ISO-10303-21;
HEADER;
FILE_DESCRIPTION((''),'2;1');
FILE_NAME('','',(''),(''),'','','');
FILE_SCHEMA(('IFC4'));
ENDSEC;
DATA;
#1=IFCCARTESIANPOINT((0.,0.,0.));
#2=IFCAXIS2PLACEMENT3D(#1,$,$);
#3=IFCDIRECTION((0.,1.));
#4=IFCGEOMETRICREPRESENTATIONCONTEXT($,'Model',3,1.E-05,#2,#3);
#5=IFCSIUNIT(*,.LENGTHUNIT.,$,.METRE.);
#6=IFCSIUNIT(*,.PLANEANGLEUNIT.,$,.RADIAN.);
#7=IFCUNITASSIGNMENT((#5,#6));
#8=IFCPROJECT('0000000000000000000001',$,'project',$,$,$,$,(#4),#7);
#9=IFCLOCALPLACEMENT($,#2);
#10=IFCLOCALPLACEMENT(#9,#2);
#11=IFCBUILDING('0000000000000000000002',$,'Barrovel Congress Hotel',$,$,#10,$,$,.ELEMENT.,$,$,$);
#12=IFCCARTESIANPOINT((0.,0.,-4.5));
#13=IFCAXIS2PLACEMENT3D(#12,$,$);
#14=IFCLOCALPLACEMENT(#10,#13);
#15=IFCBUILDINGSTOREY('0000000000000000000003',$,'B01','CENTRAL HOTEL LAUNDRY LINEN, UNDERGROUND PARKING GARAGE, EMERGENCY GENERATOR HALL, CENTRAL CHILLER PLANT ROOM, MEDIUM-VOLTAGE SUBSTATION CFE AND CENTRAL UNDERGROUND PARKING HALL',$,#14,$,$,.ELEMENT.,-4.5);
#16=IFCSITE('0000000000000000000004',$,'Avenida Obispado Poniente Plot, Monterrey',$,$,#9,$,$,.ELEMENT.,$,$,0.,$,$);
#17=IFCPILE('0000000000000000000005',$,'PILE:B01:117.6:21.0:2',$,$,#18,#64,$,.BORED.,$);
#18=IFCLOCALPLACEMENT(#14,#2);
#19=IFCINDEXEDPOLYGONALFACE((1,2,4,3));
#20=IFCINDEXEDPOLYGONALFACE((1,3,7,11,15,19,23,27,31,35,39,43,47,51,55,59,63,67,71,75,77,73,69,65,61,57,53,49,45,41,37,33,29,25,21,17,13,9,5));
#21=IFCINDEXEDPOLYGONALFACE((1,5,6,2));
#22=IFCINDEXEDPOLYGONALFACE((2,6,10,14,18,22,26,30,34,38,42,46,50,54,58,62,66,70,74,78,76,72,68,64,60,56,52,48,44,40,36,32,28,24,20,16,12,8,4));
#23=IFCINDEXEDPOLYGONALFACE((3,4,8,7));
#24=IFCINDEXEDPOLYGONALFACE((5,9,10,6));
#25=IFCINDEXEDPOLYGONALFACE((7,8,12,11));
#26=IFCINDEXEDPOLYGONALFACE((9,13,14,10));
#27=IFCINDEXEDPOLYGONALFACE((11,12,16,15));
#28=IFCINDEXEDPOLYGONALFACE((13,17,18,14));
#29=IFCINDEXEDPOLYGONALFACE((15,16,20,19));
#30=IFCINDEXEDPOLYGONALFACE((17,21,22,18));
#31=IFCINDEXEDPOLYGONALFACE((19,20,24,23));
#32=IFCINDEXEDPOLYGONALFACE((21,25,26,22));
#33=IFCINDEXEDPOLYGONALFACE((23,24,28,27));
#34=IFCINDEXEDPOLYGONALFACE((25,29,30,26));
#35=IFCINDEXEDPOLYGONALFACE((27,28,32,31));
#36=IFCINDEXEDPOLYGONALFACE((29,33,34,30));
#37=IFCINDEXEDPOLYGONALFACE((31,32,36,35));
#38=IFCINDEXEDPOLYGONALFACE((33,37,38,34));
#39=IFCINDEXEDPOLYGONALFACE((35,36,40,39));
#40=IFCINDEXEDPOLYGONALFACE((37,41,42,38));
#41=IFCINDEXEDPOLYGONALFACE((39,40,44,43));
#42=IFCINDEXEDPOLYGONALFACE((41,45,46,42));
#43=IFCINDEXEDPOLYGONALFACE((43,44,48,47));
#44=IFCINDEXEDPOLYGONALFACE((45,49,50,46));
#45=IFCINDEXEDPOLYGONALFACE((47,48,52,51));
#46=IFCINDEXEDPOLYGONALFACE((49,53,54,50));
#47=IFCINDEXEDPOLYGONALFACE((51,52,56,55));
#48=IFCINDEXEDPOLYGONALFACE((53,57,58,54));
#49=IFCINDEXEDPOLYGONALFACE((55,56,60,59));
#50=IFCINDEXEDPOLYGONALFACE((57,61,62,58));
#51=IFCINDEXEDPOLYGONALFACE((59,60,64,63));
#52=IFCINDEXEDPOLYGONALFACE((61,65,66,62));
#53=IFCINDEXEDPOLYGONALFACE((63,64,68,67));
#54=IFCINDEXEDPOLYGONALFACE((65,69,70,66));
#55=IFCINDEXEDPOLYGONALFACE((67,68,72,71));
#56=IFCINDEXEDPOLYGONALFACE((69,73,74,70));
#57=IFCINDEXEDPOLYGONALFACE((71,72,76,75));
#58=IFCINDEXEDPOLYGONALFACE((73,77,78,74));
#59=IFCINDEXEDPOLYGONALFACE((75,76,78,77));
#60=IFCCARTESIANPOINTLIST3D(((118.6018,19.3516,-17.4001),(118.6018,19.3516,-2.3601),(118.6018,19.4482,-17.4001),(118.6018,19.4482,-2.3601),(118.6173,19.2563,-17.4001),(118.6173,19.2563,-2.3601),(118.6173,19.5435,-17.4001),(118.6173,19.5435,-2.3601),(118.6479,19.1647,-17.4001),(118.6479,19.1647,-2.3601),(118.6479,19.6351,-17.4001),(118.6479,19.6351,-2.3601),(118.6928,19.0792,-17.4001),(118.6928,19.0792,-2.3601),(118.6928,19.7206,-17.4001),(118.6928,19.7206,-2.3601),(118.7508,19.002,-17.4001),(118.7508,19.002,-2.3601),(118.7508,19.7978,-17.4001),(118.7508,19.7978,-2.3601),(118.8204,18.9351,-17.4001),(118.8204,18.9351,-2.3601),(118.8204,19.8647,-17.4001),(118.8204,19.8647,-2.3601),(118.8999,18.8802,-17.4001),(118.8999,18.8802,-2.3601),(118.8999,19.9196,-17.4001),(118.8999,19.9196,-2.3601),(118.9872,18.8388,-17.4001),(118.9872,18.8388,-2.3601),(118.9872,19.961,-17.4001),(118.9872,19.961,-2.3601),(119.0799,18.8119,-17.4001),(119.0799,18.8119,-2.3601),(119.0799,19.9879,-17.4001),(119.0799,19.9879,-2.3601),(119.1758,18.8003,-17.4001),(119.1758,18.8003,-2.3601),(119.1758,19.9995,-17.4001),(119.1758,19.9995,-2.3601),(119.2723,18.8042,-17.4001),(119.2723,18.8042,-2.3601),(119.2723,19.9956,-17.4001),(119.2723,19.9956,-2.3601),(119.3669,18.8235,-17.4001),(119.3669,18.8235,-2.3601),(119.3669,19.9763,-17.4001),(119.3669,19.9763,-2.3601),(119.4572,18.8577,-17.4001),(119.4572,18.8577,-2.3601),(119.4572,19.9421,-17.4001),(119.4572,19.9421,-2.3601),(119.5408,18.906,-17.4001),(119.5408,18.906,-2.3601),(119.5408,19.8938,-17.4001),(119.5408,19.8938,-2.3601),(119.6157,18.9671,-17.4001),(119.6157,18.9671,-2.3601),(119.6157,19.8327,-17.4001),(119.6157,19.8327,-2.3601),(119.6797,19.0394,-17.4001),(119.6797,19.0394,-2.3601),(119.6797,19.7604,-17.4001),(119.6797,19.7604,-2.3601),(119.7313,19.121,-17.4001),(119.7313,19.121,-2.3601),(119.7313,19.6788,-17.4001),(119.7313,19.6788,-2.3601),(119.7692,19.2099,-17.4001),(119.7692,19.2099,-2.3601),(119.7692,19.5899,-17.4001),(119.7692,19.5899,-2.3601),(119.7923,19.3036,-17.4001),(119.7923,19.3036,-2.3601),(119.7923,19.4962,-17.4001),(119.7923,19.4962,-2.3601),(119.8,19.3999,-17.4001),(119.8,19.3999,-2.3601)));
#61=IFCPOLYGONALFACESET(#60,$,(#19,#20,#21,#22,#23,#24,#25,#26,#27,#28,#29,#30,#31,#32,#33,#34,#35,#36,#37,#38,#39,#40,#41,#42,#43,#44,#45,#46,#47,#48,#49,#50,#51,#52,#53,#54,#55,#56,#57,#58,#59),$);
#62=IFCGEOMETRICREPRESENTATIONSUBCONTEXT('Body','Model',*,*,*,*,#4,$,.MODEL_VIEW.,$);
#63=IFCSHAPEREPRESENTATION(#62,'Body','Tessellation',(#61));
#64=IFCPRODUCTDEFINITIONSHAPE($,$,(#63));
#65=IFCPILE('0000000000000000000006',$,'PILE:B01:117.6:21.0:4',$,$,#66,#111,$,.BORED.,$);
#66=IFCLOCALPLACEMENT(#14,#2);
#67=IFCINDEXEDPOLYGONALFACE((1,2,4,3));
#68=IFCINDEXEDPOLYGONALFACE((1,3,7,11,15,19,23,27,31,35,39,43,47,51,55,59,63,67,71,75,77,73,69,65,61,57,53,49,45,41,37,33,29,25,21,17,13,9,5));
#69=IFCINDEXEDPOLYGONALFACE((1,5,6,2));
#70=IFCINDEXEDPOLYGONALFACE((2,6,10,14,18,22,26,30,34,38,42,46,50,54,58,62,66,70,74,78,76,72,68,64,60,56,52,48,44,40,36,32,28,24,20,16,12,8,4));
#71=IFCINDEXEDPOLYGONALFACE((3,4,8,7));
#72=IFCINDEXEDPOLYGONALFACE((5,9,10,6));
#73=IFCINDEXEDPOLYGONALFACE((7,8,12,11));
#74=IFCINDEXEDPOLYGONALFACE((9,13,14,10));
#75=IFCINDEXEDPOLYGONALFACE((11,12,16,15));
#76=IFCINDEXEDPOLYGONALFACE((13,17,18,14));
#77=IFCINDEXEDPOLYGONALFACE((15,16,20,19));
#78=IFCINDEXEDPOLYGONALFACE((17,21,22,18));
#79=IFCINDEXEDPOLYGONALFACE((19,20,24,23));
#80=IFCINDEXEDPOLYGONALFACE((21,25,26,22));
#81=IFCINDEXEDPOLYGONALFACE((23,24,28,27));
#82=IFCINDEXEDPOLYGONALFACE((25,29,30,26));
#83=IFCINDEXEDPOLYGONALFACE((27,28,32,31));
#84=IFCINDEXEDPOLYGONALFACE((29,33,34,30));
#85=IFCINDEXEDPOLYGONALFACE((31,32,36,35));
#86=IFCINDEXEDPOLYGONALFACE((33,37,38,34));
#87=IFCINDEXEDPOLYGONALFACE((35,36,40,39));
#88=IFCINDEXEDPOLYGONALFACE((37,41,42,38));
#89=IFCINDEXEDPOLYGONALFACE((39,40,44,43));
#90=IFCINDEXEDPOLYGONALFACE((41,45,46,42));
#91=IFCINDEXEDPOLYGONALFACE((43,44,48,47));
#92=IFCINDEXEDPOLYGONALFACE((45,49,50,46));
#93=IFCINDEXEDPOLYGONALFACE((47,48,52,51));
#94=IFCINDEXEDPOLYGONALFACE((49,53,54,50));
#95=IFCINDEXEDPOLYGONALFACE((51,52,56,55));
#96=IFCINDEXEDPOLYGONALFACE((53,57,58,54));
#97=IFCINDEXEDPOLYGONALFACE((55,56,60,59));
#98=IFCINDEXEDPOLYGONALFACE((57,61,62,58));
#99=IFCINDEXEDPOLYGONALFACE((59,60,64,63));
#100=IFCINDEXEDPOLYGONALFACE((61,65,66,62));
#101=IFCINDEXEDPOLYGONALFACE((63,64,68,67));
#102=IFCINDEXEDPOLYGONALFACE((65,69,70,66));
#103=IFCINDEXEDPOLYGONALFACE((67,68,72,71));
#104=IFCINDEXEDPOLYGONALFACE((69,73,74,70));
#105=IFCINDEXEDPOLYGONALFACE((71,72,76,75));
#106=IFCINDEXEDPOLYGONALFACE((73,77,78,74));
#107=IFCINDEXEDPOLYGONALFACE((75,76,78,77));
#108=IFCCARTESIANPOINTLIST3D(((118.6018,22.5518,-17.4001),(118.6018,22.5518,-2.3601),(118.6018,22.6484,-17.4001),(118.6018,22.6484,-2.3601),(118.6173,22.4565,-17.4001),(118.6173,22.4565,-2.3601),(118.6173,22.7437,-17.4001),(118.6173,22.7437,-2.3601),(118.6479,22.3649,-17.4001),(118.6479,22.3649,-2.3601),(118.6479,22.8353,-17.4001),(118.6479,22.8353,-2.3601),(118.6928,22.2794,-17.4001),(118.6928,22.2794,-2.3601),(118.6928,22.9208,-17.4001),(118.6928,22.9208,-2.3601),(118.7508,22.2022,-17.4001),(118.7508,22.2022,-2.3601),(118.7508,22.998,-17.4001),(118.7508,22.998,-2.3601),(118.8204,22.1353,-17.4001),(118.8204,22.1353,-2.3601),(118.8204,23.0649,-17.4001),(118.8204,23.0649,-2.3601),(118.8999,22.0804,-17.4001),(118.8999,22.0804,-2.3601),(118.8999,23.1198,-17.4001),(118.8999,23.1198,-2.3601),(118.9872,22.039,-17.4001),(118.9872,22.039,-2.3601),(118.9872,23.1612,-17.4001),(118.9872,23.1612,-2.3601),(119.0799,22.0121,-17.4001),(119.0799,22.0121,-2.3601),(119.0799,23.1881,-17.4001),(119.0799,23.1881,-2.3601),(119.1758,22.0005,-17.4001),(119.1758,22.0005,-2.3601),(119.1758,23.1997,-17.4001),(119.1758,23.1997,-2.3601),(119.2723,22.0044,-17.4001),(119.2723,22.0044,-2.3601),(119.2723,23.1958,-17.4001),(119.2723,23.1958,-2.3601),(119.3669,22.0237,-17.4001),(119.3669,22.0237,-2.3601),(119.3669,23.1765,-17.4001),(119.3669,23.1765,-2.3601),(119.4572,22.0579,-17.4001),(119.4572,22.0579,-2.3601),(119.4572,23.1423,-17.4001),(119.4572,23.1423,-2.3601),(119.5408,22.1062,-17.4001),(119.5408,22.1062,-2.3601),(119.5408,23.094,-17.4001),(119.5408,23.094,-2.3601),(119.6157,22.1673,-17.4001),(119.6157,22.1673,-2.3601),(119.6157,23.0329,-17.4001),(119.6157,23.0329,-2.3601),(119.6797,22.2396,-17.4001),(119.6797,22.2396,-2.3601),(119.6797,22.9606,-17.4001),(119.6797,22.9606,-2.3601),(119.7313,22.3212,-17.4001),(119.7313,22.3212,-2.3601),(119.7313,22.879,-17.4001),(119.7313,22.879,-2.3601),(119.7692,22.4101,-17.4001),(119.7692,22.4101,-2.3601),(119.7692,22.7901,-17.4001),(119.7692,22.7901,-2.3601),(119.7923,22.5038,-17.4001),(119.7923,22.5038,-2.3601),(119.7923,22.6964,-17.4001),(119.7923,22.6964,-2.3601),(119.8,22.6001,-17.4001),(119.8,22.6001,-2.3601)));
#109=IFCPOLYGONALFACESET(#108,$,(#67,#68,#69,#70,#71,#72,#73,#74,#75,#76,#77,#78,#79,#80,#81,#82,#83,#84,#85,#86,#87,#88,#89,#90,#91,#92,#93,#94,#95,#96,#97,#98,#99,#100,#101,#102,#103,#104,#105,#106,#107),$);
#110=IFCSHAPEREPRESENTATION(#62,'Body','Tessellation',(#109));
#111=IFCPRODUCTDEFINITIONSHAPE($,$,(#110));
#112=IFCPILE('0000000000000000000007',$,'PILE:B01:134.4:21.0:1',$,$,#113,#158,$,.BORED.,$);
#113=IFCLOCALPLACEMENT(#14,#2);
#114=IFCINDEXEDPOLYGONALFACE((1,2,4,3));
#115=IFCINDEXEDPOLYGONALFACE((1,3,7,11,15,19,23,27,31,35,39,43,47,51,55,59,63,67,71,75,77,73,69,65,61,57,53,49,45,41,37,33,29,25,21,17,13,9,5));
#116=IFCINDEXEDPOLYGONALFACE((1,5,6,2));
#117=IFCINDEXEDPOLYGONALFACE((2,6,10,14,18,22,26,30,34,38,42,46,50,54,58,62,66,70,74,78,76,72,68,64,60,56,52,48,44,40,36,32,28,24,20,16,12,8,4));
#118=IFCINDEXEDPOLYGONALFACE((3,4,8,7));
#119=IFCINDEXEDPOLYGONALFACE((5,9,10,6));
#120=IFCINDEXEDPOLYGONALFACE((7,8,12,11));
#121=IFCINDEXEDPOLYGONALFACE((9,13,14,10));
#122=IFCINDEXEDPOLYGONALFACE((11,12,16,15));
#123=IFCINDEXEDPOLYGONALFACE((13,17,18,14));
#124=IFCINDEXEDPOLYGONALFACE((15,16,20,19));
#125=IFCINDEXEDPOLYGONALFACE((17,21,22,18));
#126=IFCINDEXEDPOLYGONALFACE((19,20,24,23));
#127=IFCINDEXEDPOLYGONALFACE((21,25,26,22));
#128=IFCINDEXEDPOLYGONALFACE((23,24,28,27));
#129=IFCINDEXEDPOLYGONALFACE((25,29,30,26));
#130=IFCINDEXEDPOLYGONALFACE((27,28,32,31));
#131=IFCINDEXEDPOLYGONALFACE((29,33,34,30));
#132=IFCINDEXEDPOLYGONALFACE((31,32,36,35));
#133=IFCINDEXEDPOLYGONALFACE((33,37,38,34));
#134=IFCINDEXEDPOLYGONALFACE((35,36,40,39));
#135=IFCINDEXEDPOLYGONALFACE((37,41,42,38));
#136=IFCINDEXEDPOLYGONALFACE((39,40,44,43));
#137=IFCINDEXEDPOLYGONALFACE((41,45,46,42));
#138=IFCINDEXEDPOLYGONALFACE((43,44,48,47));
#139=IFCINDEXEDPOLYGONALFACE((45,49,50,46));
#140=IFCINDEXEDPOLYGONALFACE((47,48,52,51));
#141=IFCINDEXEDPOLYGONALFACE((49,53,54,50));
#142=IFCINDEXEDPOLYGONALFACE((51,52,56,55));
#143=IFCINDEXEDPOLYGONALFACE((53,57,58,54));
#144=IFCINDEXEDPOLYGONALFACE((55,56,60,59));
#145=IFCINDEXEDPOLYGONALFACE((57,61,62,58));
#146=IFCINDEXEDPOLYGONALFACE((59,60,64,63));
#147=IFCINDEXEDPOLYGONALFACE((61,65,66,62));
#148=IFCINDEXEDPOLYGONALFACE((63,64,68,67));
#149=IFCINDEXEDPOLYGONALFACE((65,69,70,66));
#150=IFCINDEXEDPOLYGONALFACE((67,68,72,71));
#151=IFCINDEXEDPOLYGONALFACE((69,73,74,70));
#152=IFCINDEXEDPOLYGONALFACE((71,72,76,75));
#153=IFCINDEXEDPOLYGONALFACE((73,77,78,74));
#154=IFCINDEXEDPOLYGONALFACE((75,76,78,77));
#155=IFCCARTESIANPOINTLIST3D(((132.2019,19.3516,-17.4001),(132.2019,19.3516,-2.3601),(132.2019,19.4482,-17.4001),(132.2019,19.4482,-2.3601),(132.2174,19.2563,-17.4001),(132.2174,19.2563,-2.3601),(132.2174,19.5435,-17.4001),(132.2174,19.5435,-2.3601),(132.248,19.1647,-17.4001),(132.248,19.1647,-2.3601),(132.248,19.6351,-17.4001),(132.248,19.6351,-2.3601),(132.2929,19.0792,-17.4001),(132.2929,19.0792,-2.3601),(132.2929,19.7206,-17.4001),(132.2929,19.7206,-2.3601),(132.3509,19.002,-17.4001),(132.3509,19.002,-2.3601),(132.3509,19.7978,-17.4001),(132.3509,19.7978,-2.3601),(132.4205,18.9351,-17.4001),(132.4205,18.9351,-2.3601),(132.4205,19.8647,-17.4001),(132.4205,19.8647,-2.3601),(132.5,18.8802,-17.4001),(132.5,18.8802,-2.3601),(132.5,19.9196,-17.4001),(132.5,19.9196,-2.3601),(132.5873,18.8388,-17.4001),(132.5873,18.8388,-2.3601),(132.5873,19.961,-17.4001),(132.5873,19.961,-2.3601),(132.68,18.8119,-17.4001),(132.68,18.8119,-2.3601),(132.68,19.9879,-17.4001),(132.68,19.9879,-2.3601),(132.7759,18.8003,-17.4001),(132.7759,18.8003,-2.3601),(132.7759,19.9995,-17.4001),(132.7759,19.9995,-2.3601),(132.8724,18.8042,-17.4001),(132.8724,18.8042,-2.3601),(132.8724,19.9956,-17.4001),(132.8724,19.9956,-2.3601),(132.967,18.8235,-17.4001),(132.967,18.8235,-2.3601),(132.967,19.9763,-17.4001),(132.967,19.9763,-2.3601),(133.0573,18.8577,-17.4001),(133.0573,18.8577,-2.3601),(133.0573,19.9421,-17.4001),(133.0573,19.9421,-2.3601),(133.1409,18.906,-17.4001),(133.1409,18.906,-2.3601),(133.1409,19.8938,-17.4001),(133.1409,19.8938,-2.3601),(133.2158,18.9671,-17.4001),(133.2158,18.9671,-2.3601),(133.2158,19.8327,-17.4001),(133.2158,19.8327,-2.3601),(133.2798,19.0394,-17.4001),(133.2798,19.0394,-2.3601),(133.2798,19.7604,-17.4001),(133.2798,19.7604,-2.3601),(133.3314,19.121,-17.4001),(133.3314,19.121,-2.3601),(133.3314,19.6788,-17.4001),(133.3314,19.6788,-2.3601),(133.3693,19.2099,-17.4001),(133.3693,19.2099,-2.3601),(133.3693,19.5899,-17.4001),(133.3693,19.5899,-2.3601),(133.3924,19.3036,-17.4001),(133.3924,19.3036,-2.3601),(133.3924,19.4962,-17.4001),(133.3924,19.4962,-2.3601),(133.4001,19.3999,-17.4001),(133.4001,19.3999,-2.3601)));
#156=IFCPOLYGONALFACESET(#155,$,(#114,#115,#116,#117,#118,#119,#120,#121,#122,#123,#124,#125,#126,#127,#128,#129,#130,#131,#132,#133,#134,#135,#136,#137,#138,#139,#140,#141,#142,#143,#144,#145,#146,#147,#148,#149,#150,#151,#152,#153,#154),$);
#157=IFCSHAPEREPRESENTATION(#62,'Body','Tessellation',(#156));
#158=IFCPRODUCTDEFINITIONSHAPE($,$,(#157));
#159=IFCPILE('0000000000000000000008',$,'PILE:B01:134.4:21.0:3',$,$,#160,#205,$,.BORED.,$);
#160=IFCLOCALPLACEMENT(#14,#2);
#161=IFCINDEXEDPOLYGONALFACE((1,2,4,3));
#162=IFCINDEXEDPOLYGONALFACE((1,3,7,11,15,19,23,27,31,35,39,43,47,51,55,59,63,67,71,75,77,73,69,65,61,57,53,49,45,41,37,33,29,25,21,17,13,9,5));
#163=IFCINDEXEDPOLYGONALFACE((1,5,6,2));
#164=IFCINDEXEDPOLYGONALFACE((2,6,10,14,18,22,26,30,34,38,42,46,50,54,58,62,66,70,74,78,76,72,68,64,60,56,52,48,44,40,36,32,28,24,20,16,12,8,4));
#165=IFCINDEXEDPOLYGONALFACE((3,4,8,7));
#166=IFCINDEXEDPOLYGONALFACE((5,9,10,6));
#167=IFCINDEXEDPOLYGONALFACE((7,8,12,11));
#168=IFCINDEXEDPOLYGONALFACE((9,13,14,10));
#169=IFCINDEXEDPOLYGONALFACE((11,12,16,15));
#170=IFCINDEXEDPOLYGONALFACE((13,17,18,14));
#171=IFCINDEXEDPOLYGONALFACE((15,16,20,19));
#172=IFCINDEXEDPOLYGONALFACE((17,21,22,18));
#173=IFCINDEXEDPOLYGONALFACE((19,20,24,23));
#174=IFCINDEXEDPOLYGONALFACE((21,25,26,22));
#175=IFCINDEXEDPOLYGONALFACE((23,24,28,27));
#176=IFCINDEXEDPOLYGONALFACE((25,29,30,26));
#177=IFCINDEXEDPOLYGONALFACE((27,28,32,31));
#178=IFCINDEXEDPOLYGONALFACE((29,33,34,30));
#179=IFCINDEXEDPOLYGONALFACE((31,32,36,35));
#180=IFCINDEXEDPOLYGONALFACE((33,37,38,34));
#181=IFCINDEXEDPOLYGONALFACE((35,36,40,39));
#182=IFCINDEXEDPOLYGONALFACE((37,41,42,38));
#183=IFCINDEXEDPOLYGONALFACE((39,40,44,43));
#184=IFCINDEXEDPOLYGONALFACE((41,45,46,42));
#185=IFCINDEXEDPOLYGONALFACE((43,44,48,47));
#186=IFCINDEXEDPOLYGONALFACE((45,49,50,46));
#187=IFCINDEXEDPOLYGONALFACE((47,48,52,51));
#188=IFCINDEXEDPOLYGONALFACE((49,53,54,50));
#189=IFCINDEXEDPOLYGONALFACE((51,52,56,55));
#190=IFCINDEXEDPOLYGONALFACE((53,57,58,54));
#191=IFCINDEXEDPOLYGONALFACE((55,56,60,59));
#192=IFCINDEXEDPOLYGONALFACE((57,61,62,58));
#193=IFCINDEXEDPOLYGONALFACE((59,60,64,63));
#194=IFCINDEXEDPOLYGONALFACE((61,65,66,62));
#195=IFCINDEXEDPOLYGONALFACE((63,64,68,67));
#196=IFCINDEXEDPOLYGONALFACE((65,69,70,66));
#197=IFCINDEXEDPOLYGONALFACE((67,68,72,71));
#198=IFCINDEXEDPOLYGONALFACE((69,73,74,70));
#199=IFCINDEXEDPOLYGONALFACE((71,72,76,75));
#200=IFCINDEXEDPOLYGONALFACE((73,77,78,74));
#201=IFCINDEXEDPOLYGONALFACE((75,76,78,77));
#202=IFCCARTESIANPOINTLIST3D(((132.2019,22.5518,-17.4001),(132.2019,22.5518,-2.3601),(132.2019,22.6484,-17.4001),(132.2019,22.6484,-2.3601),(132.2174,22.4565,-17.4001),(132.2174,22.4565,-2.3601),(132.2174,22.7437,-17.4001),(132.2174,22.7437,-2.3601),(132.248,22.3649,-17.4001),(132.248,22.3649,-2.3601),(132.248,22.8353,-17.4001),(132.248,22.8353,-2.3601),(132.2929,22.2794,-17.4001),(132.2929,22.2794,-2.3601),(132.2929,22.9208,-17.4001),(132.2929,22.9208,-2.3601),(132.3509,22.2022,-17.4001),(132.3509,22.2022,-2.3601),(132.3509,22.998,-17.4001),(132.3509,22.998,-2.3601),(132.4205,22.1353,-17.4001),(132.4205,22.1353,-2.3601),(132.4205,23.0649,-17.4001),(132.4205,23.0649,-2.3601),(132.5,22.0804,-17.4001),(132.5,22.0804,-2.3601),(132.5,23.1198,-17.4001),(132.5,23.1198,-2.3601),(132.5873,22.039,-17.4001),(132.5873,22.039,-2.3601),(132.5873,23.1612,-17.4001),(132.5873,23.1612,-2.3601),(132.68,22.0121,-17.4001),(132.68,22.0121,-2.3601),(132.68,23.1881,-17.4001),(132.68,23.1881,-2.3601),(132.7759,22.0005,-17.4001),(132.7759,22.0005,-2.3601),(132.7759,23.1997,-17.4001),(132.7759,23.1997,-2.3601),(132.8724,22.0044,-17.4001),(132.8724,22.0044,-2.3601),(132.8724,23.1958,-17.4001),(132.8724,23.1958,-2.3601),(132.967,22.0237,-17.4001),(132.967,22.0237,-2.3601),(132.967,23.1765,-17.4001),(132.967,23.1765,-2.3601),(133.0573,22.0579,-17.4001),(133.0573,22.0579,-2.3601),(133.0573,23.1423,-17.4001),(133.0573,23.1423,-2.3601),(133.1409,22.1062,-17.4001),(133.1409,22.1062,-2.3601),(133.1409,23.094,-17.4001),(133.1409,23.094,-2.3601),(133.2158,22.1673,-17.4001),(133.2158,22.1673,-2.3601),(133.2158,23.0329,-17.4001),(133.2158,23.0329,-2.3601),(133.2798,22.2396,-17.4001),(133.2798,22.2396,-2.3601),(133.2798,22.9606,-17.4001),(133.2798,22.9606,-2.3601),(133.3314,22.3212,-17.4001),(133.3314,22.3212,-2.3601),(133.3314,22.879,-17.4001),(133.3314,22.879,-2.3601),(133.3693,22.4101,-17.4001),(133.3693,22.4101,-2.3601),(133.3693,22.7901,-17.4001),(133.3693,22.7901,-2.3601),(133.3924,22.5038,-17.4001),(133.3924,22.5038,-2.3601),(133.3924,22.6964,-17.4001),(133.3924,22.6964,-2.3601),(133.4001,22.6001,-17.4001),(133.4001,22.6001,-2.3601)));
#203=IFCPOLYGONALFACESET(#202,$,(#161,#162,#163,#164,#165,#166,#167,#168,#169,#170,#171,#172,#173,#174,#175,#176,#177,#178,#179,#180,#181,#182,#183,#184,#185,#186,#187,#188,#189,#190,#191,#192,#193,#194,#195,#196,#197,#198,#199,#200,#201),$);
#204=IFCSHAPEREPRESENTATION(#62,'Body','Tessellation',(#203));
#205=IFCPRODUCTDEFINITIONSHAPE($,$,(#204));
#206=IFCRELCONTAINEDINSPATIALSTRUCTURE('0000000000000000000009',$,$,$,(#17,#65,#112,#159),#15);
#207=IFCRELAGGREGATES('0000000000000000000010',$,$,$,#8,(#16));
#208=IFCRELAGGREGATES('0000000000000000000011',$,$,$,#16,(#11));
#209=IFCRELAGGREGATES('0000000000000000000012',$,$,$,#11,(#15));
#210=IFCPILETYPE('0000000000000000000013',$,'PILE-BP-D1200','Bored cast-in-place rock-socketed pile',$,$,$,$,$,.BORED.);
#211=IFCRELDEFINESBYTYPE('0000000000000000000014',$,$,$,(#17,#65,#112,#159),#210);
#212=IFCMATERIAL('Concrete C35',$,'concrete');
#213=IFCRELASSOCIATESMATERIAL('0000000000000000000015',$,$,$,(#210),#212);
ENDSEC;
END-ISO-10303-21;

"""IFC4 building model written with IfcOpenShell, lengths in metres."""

from ifc_helpers import new_model, si_unit, direction, frame, origin, origin_2d, place, context, subcontext, project, spatial, circle, extrude, material, material_profile, profile_set, type_object, element, save


model = new_model("IFC4")

# Units and contexts
model_context = context("Model", 3, precision=1e-05, world=origin(), true_north=direction((0.0, 1.0)))
body_context = subcontext(model_context, "Body", "Model", "MODEL_VIEW")
ifc_project = project(units=[si_unit("LENGTHUNIT", "METRE"), si_unit("PLANEANGLEUNIT", "RADIAN")], contexts=[model_context])

# Site, building, storey
site_placement = place(None, origin())
site = spatial("IfcSite", under=ifc_project, at=site_placement, Name="Avenida Obispado Poniente Plot, Monterrey", CompositionType="ELEMENT", RefElevation=0.0)
building_placement = place(site_placement, origin())
building = spatial("IfcBuilding", under=site, at=building_placement, Name="Barrovel Congress Hotel", CompositionType="ELEMENT")
storey_placement = place(building_placement, frame((0.0, 0.0, -4.5)))
storey = spatial("IfcBuildingStorey", under=building, at=storey_placement, Name="B01", Description="CENTRAL HOTEL LAUNDRY LINEN, UNDERGROUND PARKING GARAGE, EMERGENCY GENERATOR HALL, CENTRAL CHILLER PLANT ROOM, MEDIUM-VOLTAGE SUBSTATION CFE AND CENTRAL UNDERGROUND PARKING HALL", CompositionType="ELEMENT", Elevation=-4.5)

# Piles
ifc_material_1 = material(Name="Concrete C35", Category="concrete")
ifc_material_profile_1 = material_profile(ifc_material_1, circle(Radius=0.6001, at=origin_2d()), Name="BP-D1200")
ifc_profile_set_1 = profile_set([ifc_material_profile_1], Name="Concrete C35")
pile_type_1 = type_object("IfcPileType", Name="PILE-BP-D1200", Description="Bored cast-in-place rock-socketed pile", PredefinedType="BORED", material=ifc_profile_set_1)
for number, where, z_axis, x_axis, name in (
    (1, (119.2, 19.3999, -2.3601), (0.0, 0.0, -1.0), (1.0, 0.0, 0.0), "PILE:B01:117.6:21.0:2"),
    (2, (119.2, 22.6001, -2.3601), (0.0, 0.0, -1.0), (1.0, 0.0, 0.0), "PILE:B01:117.6:21.0:4"),
    (3, (132.8, 19.3999, -2.3601), (0.0, 0.0, -1.0), (1.0, 0.0, 0.0), "PILE:B01:134.4:21.0:1"),
    (4, (132.8, 22.6001, -2.3601), (0.0, 0.0, -1.0), (1.0, 0.0, 0.0), "PILE:B01:134.4:21.0:3"),
):
    element("IfcPile", number, at=place(storey_placement, frame(where, z_axis=z_axis, x_axis=x_axis)), inside=storey, type_object=pile_type_1, Name=name, PredefinedType="BORED", context=body_context, shape_type="SweptSolid", body=[
        extrude(circle(Radius=0.6001, at=origin_2d()), origin(), (0.0, 0.0, 1.0), 15.04),
    ])

save(model, "model.ifc")
